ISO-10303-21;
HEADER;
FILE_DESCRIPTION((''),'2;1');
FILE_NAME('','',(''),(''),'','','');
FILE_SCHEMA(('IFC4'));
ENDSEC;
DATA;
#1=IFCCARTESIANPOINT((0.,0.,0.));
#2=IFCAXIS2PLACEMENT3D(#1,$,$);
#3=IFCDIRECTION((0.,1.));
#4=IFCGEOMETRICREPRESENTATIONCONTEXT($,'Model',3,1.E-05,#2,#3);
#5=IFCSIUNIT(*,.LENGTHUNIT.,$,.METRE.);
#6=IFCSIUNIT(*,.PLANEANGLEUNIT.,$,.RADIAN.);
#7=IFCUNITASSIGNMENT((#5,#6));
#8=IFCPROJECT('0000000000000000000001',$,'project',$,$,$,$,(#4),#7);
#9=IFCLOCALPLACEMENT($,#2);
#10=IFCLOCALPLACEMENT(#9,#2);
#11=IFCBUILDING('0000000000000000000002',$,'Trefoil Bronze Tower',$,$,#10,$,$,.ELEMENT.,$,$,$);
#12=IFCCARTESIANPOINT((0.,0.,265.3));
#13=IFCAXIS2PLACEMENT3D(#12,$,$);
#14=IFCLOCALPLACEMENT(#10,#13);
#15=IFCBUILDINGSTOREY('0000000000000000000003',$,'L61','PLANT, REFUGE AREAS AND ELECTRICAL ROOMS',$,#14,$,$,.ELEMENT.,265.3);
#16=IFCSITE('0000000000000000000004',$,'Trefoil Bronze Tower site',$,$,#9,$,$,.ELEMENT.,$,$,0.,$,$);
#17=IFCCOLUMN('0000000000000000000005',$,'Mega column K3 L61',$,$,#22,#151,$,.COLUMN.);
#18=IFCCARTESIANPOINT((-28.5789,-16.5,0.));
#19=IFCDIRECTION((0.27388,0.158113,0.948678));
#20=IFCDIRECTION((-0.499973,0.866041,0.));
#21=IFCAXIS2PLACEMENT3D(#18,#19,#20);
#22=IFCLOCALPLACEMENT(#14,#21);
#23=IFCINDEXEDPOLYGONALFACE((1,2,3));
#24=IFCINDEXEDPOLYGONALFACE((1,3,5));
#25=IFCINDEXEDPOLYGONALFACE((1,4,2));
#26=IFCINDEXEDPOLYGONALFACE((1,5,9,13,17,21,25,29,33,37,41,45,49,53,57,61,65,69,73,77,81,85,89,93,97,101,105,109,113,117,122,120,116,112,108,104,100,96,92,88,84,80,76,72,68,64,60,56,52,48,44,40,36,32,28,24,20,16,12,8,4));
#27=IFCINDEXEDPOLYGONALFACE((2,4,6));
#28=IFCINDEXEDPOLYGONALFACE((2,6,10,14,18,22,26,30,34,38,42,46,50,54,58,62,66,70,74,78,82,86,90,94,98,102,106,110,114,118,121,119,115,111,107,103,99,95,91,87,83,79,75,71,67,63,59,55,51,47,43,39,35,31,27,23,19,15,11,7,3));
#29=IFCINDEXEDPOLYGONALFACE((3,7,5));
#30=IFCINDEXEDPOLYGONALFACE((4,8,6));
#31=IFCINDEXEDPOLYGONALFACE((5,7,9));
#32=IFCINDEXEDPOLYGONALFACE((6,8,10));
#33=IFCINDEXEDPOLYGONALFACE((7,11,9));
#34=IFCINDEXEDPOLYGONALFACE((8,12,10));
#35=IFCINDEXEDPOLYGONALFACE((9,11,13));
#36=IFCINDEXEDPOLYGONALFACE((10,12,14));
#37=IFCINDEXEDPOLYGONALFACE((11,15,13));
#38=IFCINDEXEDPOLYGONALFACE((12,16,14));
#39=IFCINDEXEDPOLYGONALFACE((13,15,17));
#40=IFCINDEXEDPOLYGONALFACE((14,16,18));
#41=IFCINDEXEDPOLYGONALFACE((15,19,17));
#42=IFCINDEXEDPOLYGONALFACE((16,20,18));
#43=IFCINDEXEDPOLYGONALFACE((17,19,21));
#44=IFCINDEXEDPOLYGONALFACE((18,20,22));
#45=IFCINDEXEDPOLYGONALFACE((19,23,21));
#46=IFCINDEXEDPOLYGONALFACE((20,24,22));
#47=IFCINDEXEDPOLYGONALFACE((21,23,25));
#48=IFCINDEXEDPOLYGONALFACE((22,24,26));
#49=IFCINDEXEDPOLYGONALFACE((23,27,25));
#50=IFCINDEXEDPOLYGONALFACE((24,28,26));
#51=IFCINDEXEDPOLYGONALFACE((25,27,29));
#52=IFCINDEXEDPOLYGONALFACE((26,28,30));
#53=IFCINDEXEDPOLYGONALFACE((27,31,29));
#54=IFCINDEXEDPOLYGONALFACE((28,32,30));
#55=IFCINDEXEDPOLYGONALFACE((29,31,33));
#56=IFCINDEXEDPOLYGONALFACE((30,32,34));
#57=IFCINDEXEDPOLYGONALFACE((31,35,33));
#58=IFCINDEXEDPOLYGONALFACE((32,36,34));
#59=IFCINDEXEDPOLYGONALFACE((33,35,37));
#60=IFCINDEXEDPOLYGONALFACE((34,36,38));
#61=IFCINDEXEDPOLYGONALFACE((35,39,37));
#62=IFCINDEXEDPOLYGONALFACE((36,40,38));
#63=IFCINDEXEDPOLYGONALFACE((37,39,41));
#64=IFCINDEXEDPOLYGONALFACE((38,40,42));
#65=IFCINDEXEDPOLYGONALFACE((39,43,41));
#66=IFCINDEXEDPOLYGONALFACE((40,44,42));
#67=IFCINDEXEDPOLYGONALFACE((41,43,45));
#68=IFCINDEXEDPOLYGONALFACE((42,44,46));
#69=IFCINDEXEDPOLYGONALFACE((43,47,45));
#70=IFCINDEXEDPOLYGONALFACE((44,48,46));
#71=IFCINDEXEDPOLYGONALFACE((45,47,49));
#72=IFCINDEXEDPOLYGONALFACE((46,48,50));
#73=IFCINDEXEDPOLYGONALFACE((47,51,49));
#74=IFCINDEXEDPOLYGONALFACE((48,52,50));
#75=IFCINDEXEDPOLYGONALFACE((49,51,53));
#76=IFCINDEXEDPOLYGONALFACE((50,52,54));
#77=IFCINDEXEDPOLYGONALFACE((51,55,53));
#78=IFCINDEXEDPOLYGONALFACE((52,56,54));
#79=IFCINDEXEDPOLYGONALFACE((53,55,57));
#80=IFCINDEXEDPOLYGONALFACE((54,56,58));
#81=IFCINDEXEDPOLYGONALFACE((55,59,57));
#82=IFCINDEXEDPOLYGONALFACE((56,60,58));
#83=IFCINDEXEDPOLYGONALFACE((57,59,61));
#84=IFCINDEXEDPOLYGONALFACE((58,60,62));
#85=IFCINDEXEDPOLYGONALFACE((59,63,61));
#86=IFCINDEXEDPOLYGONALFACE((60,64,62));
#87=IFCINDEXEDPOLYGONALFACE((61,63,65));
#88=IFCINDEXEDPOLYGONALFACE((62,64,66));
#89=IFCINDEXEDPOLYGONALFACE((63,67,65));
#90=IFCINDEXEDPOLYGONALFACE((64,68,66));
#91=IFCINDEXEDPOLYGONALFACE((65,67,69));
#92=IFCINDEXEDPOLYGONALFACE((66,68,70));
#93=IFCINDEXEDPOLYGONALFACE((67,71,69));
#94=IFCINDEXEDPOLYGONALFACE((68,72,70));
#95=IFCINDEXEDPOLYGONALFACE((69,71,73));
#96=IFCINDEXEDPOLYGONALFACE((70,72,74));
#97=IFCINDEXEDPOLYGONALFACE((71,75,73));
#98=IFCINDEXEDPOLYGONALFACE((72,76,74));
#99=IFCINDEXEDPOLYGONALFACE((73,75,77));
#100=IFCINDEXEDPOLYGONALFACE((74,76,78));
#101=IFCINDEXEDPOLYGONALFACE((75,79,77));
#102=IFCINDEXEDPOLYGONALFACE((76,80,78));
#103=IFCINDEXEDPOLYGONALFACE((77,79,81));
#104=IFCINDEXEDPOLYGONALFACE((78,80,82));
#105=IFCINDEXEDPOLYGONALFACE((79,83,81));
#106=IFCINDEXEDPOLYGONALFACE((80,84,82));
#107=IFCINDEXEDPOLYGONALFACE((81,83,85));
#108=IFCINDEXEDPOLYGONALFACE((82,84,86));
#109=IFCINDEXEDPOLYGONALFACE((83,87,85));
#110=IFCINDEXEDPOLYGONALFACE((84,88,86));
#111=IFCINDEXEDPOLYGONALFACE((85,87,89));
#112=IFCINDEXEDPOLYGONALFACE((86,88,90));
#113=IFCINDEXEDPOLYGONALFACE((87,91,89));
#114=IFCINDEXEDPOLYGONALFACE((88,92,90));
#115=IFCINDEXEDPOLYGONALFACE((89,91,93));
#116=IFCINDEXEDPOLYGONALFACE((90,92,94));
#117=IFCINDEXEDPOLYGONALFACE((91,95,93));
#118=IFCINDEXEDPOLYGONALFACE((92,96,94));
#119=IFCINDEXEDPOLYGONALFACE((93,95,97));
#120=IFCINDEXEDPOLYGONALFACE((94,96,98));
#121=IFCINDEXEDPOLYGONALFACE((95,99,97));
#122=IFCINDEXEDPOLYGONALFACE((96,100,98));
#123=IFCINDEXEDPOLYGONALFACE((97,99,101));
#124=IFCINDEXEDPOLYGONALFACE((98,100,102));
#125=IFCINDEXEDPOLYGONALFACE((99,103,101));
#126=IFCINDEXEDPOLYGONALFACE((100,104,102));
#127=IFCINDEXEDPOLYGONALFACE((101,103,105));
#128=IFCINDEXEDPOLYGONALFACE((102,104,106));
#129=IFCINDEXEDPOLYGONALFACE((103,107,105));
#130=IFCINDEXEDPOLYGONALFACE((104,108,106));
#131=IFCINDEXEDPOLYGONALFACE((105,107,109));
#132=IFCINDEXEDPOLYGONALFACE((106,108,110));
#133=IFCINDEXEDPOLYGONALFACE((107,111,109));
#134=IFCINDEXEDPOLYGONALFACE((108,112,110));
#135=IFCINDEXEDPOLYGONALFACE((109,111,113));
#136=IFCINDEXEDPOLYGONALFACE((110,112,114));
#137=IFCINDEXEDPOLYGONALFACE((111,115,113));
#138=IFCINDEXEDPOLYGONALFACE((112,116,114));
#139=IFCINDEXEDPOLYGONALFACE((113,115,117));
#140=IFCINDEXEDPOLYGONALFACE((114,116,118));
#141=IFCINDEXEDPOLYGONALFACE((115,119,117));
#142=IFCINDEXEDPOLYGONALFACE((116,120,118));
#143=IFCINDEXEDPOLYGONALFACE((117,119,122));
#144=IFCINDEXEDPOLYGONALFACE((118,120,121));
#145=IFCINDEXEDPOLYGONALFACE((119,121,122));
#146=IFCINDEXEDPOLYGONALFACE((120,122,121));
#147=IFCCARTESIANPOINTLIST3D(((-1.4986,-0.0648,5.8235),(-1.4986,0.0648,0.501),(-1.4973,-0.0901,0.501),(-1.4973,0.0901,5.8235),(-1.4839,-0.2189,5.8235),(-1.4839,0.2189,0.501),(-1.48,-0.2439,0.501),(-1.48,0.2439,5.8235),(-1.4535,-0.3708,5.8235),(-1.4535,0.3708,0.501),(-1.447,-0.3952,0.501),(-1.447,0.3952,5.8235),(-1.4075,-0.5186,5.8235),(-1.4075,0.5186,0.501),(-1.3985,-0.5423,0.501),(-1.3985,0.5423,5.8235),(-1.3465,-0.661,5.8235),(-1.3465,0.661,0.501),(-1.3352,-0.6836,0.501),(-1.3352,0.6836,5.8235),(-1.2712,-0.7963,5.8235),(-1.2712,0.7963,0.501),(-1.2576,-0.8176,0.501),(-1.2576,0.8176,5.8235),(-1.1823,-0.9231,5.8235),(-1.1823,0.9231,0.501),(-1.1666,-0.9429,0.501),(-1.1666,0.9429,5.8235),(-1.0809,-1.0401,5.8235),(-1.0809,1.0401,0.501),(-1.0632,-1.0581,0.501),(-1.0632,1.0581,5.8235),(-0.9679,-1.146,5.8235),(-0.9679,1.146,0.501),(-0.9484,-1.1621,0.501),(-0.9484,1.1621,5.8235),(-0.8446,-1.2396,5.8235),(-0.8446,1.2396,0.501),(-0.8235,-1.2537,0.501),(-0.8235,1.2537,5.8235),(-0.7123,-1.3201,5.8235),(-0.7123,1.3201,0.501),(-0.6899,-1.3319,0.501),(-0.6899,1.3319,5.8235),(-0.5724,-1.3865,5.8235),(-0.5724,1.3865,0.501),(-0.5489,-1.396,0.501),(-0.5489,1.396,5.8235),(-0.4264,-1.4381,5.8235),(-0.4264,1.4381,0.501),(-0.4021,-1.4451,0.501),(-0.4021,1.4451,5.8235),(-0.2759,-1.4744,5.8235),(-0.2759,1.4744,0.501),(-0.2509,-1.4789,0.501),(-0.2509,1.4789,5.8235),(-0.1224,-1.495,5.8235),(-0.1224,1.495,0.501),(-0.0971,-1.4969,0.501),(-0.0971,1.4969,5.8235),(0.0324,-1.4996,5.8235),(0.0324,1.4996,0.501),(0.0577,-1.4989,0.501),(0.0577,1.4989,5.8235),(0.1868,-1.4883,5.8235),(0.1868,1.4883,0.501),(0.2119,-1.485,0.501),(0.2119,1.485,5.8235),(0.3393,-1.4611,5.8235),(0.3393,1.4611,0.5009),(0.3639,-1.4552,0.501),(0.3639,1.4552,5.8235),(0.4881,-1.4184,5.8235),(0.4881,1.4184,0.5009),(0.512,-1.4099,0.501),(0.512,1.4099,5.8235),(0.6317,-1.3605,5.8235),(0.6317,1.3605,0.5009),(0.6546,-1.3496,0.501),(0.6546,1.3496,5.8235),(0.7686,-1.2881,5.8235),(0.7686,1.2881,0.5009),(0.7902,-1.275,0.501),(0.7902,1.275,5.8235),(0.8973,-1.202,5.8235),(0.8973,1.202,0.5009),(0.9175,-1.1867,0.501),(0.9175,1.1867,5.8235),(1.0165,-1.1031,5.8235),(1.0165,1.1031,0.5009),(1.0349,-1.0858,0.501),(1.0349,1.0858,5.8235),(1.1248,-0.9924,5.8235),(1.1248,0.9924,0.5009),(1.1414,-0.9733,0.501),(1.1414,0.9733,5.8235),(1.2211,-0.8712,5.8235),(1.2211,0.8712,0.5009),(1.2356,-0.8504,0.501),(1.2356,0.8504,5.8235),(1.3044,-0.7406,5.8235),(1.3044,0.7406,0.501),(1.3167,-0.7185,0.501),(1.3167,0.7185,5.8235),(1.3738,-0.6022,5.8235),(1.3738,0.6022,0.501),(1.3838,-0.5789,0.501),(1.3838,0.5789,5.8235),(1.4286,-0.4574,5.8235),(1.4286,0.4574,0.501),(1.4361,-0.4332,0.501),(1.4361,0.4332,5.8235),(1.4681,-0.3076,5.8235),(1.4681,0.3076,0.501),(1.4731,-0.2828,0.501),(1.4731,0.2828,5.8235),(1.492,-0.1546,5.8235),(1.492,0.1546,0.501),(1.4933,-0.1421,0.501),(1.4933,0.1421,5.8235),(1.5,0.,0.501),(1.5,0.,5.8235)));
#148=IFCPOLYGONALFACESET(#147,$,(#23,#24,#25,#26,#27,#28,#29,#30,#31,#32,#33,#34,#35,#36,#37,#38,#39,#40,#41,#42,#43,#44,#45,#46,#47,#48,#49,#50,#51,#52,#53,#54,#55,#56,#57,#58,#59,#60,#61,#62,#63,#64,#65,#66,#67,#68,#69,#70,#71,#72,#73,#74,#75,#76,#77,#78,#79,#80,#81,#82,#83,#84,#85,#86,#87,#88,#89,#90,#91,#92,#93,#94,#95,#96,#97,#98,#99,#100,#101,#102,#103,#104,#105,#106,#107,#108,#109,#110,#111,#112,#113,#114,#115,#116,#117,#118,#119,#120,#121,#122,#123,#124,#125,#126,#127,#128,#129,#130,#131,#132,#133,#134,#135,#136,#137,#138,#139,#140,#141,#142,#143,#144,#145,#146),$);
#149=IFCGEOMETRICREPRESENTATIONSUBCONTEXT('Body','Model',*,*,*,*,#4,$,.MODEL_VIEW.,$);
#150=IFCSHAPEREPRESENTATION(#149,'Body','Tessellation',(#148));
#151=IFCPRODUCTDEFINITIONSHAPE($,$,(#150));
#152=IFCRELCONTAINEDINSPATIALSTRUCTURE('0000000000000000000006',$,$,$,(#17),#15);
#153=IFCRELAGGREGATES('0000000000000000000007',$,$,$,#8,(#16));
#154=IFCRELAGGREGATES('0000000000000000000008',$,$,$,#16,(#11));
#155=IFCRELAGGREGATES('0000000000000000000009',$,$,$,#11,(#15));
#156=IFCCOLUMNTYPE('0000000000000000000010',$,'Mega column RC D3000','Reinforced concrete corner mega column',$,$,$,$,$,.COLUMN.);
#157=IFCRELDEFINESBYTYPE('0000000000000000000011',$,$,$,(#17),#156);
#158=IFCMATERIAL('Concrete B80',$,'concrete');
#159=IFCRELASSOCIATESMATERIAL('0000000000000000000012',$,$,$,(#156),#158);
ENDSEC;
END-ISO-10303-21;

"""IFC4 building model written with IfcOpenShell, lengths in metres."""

from ifc_helpers import new_model, si_unit, direction, frame, origin, origin_2d, place, context, subcontext, project, spatial, circle, extrude, clip, halfspace, material, material_profile, profile_set, type_object, element, save


model = new_model("IFC4")

# Units and contexts
model_context = context("Model", 3, precision=1e-05, world=origin(), true_north=direction((0.0, 1.0)))
body_context = subcontext(model_context, "Body", "Model", "MODEL_VIEW")
ifc_project = project(units=[si_unit("LENGTHUNIT", "METRE"), si_unit("PLANEANGLEUNIT", "RADIAN")], contexts=[model_context])

# Site, building, storey
site_placement = place(None, origin())
site = spatial("IfcSite", under=ifc_project, at=site_placement, Name="Trefoil Bronze Tower site", CompositionType="ELEMENT", RefElevation=0.0)
building_placement = place(site_placement, origin())
building = spatial("IfcBuilding", under=site, at=building_placement, Name="Trefoil Bronze Tower", CompositionType="ELEMENT")
storey_placement = place(building_placement, frame((0.0, 0.0, 265.3)))
storey = spatial("IfcBuildingStorey", under=building, at=storey_placement, Name="L61", Description="PLANT, REFUGE AREAS AND ELECTRICAL ROOMS", CompositionType="ELEMENT", Elevation=265.3)

# Column
ifc_material_1 = material(Name="Concrete B80", Category="concrete")
ifc_material_profile_1 = material_profile(ifc_material_1, circle(Radius=1.5, at=origin_2d()), Name="RC D3000")
ifc_profile_set_1 = profile_set([ifc_material_profile_1], Name="Concrete B80")
column_type = type_object("IfcColumnType", Name="Mega column RC D3000", Description="Reinforced concrete corner mega column", PredefinedType="COLUMN", material=ifc_profile_set_1)
column_placement = place(storey_placement, frame((-28.5789, -16.5, 0.0), z_axis=(0.27388, 0.158113, 0.948678), x_axis=(-0.499973, 0.866041, 0.0)))
element("IfcColumn", 1, at=column_placement, inside=storey, type_object=column_type, Name="Mega column K3 L61", PredefinedType="COLUMN", context=body_context, shape_type="Clipping", body=[
    clip(clip(extrude(circle(Radius=1.5, at=origin_2d()), origin(), (0.0, 0.0, 1.0), 6.3247), halfspace(frame((0.0, 0.0, 0.501), z_axis=(0.00001, 0.000016, 1.0), x_axis=(0.0, 1.0, -0.000016)), True)), halfspace(frame((0.0, 0.0, 5.8235), z_axis=(-0.00001, -0.000016, -1.0), x_axis=(0.0, -1.0, 0.000016)), True)),
])

save(model, "model.ifc")
